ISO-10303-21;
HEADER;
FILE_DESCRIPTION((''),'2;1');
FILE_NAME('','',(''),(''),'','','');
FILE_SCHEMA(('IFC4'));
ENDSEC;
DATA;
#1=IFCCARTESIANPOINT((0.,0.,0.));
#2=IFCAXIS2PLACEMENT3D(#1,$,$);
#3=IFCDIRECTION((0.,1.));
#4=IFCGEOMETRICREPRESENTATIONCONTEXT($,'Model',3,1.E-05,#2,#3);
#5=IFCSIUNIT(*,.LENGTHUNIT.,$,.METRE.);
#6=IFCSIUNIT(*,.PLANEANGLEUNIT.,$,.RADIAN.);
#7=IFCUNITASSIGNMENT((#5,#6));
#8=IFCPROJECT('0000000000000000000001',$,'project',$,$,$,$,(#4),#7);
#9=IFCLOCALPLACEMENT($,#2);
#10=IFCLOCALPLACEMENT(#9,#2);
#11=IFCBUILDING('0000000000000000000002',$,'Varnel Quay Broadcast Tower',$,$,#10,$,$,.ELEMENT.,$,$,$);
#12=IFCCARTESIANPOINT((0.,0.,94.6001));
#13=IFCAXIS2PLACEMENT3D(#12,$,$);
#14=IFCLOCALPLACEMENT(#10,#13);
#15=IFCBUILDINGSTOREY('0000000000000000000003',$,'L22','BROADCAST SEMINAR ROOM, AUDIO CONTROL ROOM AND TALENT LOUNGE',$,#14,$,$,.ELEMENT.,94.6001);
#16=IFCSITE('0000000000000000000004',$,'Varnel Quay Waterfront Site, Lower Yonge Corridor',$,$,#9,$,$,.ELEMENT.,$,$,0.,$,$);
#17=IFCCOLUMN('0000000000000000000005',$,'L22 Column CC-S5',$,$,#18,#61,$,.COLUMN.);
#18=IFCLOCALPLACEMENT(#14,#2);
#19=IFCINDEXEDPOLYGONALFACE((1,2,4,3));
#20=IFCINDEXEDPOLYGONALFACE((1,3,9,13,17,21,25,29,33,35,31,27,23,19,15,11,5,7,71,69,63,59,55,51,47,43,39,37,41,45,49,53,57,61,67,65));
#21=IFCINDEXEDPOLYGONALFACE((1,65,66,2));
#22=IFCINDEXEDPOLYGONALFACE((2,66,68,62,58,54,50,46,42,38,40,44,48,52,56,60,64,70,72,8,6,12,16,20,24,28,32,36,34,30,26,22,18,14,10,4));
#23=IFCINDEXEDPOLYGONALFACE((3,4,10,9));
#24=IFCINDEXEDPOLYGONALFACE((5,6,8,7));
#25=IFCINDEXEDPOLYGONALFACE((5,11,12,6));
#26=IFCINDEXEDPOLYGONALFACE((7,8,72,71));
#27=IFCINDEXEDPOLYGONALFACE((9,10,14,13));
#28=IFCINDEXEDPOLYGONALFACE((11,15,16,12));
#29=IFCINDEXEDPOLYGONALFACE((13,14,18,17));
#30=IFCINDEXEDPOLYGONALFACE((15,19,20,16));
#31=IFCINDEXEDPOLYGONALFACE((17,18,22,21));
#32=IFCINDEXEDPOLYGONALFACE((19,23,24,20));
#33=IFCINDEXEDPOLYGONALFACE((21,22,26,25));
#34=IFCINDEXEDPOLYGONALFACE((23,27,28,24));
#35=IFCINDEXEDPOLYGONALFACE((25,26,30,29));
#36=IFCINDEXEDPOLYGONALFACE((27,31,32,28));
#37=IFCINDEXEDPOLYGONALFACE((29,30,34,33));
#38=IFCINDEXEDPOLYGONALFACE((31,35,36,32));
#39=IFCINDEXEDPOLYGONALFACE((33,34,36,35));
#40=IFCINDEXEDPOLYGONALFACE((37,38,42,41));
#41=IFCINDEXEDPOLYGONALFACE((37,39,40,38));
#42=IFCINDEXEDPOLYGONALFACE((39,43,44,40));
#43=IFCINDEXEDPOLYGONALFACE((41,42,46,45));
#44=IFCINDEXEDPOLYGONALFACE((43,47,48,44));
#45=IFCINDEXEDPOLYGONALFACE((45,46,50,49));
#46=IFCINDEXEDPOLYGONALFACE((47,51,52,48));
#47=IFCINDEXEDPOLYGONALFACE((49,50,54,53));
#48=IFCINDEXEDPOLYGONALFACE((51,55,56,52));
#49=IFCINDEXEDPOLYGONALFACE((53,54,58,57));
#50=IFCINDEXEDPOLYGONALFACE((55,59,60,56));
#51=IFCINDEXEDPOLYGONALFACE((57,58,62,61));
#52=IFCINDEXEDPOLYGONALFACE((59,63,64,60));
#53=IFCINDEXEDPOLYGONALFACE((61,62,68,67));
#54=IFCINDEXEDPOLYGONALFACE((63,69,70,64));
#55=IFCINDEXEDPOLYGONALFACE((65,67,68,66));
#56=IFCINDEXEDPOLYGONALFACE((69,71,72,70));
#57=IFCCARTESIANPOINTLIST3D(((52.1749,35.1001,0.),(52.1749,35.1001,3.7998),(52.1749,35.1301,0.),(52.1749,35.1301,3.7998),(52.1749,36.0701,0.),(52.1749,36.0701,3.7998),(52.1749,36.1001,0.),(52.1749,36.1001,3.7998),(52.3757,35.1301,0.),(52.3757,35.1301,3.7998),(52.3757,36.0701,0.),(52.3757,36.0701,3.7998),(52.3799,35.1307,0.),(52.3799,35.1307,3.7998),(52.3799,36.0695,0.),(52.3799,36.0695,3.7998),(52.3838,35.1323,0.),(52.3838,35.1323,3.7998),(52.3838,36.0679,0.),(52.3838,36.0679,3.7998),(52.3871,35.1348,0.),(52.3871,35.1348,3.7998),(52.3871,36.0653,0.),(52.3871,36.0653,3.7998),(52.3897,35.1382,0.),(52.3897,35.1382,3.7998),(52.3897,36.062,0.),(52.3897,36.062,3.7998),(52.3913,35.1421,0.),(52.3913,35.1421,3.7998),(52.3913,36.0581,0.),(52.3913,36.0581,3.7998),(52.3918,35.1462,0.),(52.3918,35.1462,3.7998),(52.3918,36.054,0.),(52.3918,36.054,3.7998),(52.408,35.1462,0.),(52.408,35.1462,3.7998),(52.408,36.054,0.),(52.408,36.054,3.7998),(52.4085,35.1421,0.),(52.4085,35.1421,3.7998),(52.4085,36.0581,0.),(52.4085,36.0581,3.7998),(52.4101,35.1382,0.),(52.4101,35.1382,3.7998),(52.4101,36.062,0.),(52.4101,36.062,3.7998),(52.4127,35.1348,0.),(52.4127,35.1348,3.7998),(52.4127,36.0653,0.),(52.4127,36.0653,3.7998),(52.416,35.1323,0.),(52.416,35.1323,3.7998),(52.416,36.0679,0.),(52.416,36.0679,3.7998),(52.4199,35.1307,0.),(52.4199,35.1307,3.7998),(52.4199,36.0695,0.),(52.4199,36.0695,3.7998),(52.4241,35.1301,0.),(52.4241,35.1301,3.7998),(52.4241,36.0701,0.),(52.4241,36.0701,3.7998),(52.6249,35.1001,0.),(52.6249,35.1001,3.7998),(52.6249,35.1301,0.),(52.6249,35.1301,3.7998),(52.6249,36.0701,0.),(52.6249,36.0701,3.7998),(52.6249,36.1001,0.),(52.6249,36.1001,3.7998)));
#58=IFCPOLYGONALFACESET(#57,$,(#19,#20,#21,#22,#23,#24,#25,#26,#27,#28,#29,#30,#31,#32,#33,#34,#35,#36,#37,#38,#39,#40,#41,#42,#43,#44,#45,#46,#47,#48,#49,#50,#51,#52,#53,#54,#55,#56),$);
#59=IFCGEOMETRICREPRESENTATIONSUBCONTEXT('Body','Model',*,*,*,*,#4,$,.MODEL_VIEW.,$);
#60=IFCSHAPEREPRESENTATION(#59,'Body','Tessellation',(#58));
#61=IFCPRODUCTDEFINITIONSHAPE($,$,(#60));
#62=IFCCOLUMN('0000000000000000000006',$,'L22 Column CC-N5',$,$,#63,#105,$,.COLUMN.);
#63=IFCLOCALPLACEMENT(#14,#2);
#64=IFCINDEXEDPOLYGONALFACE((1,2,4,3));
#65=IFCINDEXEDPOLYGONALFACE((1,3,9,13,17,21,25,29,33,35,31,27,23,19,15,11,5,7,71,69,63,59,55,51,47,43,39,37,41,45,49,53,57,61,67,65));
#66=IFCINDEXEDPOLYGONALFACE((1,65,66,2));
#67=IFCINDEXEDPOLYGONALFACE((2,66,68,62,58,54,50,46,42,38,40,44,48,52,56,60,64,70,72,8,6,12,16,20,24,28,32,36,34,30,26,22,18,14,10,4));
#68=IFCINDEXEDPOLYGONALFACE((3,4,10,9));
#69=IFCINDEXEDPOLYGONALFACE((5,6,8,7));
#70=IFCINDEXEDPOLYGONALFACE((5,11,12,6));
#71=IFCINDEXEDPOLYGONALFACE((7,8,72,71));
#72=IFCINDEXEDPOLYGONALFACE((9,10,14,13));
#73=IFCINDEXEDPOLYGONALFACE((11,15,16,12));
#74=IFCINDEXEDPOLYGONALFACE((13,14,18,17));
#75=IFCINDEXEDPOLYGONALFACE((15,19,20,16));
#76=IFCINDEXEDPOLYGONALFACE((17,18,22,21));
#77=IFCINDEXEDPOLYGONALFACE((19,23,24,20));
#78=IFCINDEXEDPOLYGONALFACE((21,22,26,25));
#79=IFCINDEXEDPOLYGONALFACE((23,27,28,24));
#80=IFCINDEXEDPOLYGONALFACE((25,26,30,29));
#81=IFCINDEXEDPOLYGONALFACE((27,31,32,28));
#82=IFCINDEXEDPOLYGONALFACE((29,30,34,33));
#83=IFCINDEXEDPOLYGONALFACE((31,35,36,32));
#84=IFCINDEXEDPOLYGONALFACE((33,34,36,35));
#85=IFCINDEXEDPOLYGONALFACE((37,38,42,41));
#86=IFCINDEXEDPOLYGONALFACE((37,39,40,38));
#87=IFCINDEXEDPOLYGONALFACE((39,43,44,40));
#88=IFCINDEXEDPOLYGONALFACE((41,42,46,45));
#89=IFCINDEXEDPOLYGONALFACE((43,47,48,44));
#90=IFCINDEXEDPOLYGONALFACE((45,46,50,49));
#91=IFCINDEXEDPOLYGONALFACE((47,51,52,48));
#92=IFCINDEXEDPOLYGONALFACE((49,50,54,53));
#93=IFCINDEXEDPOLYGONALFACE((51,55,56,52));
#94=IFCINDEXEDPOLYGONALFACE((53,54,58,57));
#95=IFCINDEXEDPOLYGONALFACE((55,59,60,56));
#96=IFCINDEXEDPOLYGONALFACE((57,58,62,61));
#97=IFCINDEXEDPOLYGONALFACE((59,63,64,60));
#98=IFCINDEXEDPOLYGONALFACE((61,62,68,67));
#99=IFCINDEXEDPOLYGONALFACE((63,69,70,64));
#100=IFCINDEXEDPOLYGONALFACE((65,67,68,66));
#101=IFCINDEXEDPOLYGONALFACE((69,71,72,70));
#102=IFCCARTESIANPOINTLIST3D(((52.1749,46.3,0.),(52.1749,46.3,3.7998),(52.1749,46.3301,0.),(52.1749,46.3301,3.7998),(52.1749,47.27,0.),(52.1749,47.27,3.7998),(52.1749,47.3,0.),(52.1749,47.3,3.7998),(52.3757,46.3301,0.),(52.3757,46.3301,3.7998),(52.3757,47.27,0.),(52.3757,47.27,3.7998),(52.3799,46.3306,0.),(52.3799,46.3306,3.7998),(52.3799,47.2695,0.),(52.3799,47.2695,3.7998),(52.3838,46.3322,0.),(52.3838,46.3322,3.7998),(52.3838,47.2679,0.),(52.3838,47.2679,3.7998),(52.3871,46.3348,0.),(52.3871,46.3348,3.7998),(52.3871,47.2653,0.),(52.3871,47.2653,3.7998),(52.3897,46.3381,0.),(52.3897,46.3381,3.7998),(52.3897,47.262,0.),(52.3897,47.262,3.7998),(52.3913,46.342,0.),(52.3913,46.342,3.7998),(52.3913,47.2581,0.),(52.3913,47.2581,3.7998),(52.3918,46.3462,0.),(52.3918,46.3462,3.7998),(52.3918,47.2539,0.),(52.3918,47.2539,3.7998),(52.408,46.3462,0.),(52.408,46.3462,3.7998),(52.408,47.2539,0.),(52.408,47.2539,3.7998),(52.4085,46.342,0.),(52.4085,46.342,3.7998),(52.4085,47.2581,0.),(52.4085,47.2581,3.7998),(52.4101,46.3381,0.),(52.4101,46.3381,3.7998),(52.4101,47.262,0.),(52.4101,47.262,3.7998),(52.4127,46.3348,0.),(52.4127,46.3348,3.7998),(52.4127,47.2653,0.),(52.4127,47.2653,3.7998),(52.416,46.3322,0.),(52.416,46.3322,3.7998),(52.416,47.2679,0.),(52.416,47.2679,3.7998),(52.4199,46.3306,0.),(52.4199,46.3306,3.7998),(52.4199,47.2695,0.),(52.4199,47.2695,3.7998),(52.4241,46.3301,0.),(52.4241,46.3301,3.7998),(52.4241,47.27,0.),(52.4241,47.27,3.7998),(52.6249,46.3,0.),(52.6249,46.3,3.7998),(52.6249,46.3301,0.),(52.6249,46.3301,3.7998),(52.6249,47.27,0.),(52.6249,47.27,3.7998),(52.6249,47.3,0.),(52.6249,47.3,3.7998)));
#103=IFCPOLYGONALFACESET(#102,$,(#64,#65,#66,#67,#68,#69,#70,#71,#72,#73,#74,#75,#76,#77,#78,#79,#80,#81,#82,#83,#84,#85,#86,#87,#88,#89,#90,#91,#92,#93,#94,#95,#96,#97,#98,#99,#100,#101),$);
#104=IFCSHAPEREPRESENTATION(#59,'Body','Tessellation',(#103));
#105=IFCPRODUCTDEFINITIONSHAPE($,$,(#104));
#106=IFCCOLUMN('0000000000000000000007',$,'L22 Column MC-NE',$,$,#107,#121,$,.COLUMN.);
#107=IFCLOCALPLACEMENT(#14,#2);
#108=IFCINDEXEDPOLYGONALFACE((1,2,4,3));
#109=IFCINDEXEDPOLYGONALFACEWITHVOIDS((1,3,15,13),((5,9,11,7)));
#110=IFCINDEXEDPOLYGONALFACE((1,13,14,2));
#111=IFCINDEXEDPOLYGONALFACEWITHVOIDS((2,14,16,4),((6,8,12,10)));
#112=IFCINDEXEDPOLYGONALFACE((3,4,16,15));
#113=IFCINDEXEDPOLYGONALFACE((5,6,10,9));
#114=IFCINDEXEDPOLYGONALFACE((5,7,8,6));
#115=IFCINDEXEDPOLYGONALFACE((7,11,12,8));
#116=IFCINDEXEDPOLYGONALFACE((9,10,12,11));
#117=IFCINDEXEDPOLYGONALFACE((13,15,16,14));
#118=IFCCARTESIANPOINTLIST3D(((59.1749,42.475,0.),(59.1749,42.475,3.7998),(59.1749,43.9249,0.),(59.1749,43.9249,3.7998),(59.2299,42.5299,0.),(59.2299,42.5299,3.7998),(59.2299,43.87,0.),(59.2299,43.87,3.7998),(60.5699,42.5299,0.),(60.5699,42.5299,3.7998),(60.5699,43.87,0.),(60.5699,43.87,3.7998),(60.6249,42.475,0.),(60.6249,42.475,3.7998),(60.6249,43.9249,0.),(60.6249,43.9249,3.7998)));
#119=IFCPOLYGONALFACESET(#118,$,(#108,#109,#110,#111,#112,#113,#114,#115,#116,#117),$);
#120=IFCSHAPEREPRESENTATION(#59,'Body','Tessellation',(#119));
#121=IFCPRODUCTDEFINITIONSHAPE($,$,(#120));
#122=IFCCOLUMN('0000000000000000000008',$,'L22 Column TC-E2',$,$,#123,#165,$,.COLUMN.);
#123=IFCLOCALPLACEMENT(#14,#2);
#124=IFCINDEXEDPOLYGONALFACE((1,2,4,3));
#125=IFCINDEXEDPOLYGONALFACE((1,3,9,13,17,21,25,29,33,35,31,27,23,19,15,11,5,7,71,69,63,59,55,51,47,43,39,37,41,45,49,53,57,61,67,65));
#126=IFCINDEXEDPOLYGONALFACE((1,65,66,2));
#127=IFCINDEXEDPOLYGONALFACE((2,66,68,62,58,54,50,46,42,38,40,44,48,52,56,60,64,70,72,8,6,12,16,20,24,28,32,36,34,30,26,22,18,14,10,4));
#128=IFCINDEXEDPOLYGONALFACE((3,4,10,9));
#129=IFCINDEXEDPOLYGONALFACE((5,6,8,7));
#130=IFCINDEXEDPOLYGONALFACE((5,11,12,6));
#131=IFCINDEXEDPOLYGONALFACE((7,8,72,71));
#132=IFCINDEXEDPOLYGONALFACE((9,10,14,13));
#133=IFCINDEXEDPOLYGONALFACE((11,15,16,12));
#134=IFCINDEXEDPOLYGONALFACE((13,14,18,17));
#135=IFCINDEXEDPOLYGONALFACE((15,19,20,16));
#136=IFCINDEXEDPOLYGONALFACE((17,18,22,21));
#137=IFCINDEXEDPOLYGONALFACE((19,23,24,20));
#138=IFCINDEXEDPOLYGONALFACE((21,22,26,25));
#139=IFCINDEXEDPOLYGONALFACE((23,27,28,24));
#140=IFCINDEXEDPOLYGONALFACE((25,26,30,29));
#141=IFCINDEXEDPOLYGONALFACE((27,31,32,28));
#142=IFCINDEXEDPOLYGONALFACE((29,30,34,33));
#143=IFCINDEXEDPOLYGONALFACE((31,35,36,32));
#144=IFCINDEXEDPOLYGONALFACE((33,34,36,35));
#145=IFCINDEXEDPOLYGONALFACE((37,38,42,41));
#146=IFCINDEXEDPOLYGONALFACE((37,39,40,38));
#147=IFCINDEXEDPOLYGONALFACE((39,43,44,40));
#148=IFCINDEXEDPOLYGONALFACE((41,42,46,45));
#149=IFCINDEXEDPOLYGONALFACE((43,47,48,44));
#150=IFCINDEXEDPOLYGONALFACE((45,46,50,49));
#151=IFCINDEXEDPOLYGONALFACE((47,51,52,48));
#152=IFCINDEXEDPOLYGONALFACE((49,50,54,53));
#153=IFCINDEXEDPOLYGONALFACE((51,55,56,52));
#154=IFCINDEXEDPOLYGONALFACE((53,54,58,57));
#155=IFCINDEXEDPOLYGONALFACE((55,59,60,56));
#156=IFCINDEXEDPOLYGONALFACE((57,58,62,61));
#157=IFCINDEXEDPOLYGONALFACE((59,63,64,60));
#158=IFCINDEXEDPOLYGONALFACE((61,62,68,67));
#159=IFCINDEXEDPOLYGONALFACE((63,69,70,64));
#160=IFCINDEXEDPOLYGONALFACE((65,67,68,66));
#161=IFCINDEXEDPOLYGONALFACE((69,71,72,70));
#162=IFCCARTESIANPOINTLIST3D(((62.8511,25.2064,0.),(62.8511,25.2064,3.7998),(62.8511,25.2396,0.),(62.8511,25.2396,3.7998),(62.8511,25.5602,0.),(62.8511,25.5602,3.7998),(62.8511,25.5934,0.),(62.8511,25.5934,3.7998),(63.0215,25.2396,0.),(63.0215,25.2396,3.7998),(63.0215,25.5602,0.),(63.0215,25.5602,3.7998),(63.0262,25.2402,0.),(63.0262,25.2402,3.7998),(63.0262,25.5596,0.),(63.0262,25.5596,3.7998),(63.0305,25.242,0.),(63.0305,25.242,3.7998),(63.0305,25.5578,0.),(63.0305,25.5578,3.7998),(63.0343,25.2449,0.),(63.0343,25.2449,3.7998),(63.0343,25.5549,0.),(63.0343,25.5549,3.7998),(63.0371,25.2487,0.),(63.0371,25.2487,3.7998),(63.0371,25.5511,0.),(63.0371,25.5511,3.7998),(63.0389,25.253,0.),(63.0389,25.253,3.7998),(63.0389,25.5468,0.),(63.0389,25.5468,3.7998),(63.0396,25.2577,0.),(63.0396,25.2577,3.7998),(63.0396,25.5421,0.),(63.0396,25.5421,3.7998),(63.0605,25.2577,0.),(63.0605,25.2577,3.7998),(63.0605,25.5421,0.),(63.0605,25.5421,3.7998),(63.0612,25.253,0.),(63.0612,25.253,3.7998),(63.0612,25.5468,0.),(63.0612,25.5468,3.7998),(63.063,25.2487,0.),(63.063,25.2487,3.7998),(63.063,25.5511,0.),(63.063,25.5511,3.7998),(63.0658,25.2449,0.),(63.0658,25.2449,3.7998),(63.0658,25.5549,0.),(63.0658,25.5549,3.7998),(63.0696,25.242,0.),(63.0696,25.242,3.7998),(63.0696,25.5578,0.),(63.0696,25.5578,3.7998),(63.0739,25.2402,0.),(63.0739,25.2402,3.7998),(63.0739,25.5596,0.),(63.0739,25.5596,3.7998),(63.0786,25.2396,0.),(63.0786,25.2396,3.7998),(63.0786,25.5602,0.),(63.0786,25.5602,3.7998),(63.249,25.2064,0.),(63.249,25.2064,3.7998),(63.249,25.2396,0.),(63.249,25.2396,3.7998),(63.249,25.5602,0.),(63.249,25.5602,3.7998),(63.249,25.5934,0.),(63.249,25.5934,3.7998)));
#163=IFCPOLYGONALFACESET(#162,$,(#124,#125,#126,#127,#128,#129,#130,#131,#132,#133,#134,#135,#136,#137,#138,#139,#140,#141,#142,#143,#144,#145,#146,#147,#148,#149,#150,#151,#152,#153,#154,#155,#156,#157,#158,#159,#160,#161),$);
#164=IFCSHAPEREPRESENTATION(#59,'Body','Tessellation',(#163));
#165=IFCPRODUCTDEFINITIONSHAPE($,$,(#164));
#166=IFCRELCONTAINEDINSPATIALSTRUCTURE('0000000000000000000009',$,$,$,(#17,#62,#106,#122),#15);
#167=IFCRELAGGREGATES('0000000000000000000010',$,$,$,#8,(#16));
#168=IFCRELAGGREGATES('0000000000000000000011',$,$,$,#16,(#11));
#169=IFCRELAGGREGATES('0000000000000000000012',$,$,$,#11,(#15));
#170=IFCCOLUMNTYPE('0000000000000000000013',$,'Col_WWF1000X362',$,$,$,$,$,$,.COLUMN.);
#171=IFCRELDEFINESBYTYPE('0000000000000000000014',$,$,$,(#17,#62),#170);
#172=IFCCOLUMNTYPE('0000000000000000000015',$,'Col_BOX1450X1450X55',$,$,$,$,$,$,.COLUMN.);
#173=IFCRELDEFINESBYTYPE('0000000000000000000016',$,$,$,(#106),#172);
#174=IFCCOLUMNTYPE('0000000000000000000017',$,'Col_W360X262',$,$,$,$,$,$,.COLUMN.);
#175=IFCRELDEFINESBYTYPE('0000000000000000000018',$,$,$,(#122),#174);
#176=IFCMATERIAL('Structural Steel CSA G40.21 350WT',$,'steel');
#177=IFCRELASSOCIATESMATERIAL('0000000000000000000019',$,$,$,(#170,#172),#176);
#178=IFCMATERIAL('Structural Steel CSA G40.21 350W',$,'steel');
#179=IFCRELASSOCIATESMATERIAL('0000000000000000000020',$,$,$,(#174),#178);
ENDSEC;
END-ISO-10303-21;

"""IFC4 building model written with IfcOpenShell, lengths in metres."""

from ifc_helpers import new_model, si_unit, direction, frame, origin, origin_2d, place, context, subcontext, project, spatial, hollow_rectangle, i_section, extrude, source, transform, mapped, material, material_profile, profile_set, type_object, type_shapes, element, save


model = new_model("IFC4")

# Units and contexts
model_context = context("Model", 3, precision=1e-05, world=origin(), true_north=direction((0.0, 1.0)))
body_context = subcontext(model_context, "Body", "Model", "MODEL_VIEW")
ifc_project = project(units=[si_unit("LENGTHUNIT", "METRE"), si_unit("PLANEANGLEUNIT", "RADIAN")], contexts=[model_context])

# Site, building, storey
site_placement = place(None, origin())
site = spatial("IfcSite", under=ifc_project, at=site_placement, Name="Varnel Quay Waterfront Site, Lower Yonge Corridor", CompositionType="ELEMENT", RefElevation=0.0)
building_placement = place(site_placement, origin())
building = spatial("IfcBuilding", under=site, at=building_placement, Name="Varnel Quay Broadcast Tower", CompositionType="ELEMENT")
storey_placement = place(building_placement, frame((0.0, 0.0, 94.6001)))
storey = spatial("IfcBuildingStorey", under=building, at=storey_placement, Name="L22", Description="BROADCAST SEMINAR ROOM, AUDIO CONTROL ROOM AND TALENT LOUNGE", CompositionType="ELEMENT", Elevation=94.6001)

# Columns
ifc_material_1 = material(Name="Structural Steel CSA G40.21 350WT", Category="steel")
ifc_material_profile_1 = material_profile(ifc_material_1, i_section(OverallWidth=0.45, OverallDepth=1.0, WebThickness=0.0161, FlangeThickness=0.03, FilletRadius=0.0161, at=origin_2d()), Name="WWF1000X362")
ifc_profile_set_1 = profile_set([ifc_material_profile_1], Name="Structural Steel CSA G40.21 350WT")
column_type_1 = type_object("IfcColumnType", Name="Col_WWF1000X362", PredefinedType="COLUMN", material=ifc_profile_set_1)
shared_shape_1 = source(origin(), body_context, "Body", "SweptSolid", [
    extrude(i_section(OverallWidth=0.45, OverallDepth=1.0, WebThickness=0.0161, FlangeThickness=0.03, FilletRadius=0.0161, at=origin_2d()), origin(), (0.0, 0.0, 1.0), 3.7998),
])
type_shapes(column_type_1, [shared_shape_1])
for number, where, z_axis, x_axis, name in (
    (1, (52.3999, 35.6001, 0.0), (0.0, 0.0, 1.0), (1.0, 0.0, 0.0), "L22 Column CC-S5"),
    (2, (52.3999, 46.8, 0.0), (0.0, 0.0, 1.0), (1.0, 0.0, 0.0), "L22 Column CC-N5"),
):
    element("IfcColumn", number, at=place(storey_placement, frame(where, z_axis=z_axis, x_axis=x_axis)), inside=storey, type_object=column_type_1, Name=name, PredefinedType="COLUMN", context=body_context, shape_type="MappedRepresentation", body=[
        mapped(shared_shape_1, transform((0.0, 0.0, 0.0), x_axis=(1.0, 0.0, 0.0), y_axis=(0.0, 1.0, 0.0), z_axis=(0.0, 0.0, 1.0), scale=1.0)),
    ])
ifc_material_profile_2 = material_profile(ifc_material_1, hollow_rectangle(XDim=1.45, YDim=1.45, WallThickness=0.0549, at=origin_2d()), Name="BOX1450X1450X55")
ifc_profile_set_2 = profile_set([ifc_material_profile_2], Name="Structural Steel CSA G40.21 350WT")
column_type_2 = type_object("IfcColumnType", Name="Col_BOX1450X1450X55", PredefinedType="COLUMN", material=ifc_profile_set_2)
shared_shape_2 = source(origin(), body_context, "Body", "SweptSolid", [
    extrude(hollow_rectangle(XDim=1.45, YDim=1.45, WallThickness=0.0549, at=origin_2d()), origin(), (0.0, 0.0, 1.0), 3.7998),
])
type_shapes(column_type_2, [shared_shape_2])
column_placement = place(storey_placement, frame((59.8999, 43.2, 0.0), z_axis=(0.0, 0.0, 1.0), x_axis=(1.0, 0.0, 0.0)))
element("IfcColumn", 3, at=column_placement, inside=storey, type_object=column_type_2, Name="L22 Column MC-NE", PredefinedType="COLUMN", context=body_context, shape_type="MappedRepresentation", body=[
    mapped(shared_shape_2, transform((0.0, 0.0, 0.0), x_axis=(1.0, 0.0, 0.0), y_axis=(0.0, 1.0, 0.0), z_axis=(0.0, 0.0, 1.0), scale=1.0)),
])
ifc_material_2 = material(Name="Structural Steel CSA G40.21 350W", Category="steel")
ifc_material_profile_3 = material_profile(ifc_material_2, i_section(OverallWidth=0.3979, OverallDepth=0.387, WebThickness=0.021, FlangeThickness=0.0332, FilletRadius=0.0181, at=origin_2d()), Name="W360X262")
ifc_profile_set_3 = profile_set([ifc_material_profile_3], Name="Structural Steel CSA G40.21 350W")
column_type_3 = type_object("IfcColumnType", Name="Col_W360X262", PredefinedType="COLUMN", material=ifc_profile_set_3)
shared_shape_3 = source(origin(), body_context, "Body", "SweptSolid", [
    extrude(i_section(OverallWidth=0.3979, OverallDepth=0.387, WebThickness=0.021, FlangeThickness=0.0332, FilletRadius=0.0181, at=origin_2d()), origin(), (0.0, 0.0, 1.0), 3.7998),
])
type_shapes(column_type_3, [shared_shape_3])
for number, where, z_axis, x_axis, name in (
    (4, (63.05, 25.3999, 0.0), (0.0, 0.0, 1.0), (1.0, 0.0, 0.0), "L22 Column TC-E2"),
):
    element("IfcColumn", number, at=place(storey_placement, frame(where, z_axis=z_axis, x_axis=x_axis)), inside=storey, type_object=column_type_3, Name=name, PredefinedType="COLUMN", context=body_context, shape_type="MappedRepresentation", body=[
        mapped(shared_shape_3, transform((0.0, 0.0, 0.0), x_axis=(1.0, 0.0, 0.0), y_axis=(0.0, 1.0, 0.0), z_axis=(0.0, 0.0, 1.0), scale=1.0)),
    ])

save(model, "model.ifc")
